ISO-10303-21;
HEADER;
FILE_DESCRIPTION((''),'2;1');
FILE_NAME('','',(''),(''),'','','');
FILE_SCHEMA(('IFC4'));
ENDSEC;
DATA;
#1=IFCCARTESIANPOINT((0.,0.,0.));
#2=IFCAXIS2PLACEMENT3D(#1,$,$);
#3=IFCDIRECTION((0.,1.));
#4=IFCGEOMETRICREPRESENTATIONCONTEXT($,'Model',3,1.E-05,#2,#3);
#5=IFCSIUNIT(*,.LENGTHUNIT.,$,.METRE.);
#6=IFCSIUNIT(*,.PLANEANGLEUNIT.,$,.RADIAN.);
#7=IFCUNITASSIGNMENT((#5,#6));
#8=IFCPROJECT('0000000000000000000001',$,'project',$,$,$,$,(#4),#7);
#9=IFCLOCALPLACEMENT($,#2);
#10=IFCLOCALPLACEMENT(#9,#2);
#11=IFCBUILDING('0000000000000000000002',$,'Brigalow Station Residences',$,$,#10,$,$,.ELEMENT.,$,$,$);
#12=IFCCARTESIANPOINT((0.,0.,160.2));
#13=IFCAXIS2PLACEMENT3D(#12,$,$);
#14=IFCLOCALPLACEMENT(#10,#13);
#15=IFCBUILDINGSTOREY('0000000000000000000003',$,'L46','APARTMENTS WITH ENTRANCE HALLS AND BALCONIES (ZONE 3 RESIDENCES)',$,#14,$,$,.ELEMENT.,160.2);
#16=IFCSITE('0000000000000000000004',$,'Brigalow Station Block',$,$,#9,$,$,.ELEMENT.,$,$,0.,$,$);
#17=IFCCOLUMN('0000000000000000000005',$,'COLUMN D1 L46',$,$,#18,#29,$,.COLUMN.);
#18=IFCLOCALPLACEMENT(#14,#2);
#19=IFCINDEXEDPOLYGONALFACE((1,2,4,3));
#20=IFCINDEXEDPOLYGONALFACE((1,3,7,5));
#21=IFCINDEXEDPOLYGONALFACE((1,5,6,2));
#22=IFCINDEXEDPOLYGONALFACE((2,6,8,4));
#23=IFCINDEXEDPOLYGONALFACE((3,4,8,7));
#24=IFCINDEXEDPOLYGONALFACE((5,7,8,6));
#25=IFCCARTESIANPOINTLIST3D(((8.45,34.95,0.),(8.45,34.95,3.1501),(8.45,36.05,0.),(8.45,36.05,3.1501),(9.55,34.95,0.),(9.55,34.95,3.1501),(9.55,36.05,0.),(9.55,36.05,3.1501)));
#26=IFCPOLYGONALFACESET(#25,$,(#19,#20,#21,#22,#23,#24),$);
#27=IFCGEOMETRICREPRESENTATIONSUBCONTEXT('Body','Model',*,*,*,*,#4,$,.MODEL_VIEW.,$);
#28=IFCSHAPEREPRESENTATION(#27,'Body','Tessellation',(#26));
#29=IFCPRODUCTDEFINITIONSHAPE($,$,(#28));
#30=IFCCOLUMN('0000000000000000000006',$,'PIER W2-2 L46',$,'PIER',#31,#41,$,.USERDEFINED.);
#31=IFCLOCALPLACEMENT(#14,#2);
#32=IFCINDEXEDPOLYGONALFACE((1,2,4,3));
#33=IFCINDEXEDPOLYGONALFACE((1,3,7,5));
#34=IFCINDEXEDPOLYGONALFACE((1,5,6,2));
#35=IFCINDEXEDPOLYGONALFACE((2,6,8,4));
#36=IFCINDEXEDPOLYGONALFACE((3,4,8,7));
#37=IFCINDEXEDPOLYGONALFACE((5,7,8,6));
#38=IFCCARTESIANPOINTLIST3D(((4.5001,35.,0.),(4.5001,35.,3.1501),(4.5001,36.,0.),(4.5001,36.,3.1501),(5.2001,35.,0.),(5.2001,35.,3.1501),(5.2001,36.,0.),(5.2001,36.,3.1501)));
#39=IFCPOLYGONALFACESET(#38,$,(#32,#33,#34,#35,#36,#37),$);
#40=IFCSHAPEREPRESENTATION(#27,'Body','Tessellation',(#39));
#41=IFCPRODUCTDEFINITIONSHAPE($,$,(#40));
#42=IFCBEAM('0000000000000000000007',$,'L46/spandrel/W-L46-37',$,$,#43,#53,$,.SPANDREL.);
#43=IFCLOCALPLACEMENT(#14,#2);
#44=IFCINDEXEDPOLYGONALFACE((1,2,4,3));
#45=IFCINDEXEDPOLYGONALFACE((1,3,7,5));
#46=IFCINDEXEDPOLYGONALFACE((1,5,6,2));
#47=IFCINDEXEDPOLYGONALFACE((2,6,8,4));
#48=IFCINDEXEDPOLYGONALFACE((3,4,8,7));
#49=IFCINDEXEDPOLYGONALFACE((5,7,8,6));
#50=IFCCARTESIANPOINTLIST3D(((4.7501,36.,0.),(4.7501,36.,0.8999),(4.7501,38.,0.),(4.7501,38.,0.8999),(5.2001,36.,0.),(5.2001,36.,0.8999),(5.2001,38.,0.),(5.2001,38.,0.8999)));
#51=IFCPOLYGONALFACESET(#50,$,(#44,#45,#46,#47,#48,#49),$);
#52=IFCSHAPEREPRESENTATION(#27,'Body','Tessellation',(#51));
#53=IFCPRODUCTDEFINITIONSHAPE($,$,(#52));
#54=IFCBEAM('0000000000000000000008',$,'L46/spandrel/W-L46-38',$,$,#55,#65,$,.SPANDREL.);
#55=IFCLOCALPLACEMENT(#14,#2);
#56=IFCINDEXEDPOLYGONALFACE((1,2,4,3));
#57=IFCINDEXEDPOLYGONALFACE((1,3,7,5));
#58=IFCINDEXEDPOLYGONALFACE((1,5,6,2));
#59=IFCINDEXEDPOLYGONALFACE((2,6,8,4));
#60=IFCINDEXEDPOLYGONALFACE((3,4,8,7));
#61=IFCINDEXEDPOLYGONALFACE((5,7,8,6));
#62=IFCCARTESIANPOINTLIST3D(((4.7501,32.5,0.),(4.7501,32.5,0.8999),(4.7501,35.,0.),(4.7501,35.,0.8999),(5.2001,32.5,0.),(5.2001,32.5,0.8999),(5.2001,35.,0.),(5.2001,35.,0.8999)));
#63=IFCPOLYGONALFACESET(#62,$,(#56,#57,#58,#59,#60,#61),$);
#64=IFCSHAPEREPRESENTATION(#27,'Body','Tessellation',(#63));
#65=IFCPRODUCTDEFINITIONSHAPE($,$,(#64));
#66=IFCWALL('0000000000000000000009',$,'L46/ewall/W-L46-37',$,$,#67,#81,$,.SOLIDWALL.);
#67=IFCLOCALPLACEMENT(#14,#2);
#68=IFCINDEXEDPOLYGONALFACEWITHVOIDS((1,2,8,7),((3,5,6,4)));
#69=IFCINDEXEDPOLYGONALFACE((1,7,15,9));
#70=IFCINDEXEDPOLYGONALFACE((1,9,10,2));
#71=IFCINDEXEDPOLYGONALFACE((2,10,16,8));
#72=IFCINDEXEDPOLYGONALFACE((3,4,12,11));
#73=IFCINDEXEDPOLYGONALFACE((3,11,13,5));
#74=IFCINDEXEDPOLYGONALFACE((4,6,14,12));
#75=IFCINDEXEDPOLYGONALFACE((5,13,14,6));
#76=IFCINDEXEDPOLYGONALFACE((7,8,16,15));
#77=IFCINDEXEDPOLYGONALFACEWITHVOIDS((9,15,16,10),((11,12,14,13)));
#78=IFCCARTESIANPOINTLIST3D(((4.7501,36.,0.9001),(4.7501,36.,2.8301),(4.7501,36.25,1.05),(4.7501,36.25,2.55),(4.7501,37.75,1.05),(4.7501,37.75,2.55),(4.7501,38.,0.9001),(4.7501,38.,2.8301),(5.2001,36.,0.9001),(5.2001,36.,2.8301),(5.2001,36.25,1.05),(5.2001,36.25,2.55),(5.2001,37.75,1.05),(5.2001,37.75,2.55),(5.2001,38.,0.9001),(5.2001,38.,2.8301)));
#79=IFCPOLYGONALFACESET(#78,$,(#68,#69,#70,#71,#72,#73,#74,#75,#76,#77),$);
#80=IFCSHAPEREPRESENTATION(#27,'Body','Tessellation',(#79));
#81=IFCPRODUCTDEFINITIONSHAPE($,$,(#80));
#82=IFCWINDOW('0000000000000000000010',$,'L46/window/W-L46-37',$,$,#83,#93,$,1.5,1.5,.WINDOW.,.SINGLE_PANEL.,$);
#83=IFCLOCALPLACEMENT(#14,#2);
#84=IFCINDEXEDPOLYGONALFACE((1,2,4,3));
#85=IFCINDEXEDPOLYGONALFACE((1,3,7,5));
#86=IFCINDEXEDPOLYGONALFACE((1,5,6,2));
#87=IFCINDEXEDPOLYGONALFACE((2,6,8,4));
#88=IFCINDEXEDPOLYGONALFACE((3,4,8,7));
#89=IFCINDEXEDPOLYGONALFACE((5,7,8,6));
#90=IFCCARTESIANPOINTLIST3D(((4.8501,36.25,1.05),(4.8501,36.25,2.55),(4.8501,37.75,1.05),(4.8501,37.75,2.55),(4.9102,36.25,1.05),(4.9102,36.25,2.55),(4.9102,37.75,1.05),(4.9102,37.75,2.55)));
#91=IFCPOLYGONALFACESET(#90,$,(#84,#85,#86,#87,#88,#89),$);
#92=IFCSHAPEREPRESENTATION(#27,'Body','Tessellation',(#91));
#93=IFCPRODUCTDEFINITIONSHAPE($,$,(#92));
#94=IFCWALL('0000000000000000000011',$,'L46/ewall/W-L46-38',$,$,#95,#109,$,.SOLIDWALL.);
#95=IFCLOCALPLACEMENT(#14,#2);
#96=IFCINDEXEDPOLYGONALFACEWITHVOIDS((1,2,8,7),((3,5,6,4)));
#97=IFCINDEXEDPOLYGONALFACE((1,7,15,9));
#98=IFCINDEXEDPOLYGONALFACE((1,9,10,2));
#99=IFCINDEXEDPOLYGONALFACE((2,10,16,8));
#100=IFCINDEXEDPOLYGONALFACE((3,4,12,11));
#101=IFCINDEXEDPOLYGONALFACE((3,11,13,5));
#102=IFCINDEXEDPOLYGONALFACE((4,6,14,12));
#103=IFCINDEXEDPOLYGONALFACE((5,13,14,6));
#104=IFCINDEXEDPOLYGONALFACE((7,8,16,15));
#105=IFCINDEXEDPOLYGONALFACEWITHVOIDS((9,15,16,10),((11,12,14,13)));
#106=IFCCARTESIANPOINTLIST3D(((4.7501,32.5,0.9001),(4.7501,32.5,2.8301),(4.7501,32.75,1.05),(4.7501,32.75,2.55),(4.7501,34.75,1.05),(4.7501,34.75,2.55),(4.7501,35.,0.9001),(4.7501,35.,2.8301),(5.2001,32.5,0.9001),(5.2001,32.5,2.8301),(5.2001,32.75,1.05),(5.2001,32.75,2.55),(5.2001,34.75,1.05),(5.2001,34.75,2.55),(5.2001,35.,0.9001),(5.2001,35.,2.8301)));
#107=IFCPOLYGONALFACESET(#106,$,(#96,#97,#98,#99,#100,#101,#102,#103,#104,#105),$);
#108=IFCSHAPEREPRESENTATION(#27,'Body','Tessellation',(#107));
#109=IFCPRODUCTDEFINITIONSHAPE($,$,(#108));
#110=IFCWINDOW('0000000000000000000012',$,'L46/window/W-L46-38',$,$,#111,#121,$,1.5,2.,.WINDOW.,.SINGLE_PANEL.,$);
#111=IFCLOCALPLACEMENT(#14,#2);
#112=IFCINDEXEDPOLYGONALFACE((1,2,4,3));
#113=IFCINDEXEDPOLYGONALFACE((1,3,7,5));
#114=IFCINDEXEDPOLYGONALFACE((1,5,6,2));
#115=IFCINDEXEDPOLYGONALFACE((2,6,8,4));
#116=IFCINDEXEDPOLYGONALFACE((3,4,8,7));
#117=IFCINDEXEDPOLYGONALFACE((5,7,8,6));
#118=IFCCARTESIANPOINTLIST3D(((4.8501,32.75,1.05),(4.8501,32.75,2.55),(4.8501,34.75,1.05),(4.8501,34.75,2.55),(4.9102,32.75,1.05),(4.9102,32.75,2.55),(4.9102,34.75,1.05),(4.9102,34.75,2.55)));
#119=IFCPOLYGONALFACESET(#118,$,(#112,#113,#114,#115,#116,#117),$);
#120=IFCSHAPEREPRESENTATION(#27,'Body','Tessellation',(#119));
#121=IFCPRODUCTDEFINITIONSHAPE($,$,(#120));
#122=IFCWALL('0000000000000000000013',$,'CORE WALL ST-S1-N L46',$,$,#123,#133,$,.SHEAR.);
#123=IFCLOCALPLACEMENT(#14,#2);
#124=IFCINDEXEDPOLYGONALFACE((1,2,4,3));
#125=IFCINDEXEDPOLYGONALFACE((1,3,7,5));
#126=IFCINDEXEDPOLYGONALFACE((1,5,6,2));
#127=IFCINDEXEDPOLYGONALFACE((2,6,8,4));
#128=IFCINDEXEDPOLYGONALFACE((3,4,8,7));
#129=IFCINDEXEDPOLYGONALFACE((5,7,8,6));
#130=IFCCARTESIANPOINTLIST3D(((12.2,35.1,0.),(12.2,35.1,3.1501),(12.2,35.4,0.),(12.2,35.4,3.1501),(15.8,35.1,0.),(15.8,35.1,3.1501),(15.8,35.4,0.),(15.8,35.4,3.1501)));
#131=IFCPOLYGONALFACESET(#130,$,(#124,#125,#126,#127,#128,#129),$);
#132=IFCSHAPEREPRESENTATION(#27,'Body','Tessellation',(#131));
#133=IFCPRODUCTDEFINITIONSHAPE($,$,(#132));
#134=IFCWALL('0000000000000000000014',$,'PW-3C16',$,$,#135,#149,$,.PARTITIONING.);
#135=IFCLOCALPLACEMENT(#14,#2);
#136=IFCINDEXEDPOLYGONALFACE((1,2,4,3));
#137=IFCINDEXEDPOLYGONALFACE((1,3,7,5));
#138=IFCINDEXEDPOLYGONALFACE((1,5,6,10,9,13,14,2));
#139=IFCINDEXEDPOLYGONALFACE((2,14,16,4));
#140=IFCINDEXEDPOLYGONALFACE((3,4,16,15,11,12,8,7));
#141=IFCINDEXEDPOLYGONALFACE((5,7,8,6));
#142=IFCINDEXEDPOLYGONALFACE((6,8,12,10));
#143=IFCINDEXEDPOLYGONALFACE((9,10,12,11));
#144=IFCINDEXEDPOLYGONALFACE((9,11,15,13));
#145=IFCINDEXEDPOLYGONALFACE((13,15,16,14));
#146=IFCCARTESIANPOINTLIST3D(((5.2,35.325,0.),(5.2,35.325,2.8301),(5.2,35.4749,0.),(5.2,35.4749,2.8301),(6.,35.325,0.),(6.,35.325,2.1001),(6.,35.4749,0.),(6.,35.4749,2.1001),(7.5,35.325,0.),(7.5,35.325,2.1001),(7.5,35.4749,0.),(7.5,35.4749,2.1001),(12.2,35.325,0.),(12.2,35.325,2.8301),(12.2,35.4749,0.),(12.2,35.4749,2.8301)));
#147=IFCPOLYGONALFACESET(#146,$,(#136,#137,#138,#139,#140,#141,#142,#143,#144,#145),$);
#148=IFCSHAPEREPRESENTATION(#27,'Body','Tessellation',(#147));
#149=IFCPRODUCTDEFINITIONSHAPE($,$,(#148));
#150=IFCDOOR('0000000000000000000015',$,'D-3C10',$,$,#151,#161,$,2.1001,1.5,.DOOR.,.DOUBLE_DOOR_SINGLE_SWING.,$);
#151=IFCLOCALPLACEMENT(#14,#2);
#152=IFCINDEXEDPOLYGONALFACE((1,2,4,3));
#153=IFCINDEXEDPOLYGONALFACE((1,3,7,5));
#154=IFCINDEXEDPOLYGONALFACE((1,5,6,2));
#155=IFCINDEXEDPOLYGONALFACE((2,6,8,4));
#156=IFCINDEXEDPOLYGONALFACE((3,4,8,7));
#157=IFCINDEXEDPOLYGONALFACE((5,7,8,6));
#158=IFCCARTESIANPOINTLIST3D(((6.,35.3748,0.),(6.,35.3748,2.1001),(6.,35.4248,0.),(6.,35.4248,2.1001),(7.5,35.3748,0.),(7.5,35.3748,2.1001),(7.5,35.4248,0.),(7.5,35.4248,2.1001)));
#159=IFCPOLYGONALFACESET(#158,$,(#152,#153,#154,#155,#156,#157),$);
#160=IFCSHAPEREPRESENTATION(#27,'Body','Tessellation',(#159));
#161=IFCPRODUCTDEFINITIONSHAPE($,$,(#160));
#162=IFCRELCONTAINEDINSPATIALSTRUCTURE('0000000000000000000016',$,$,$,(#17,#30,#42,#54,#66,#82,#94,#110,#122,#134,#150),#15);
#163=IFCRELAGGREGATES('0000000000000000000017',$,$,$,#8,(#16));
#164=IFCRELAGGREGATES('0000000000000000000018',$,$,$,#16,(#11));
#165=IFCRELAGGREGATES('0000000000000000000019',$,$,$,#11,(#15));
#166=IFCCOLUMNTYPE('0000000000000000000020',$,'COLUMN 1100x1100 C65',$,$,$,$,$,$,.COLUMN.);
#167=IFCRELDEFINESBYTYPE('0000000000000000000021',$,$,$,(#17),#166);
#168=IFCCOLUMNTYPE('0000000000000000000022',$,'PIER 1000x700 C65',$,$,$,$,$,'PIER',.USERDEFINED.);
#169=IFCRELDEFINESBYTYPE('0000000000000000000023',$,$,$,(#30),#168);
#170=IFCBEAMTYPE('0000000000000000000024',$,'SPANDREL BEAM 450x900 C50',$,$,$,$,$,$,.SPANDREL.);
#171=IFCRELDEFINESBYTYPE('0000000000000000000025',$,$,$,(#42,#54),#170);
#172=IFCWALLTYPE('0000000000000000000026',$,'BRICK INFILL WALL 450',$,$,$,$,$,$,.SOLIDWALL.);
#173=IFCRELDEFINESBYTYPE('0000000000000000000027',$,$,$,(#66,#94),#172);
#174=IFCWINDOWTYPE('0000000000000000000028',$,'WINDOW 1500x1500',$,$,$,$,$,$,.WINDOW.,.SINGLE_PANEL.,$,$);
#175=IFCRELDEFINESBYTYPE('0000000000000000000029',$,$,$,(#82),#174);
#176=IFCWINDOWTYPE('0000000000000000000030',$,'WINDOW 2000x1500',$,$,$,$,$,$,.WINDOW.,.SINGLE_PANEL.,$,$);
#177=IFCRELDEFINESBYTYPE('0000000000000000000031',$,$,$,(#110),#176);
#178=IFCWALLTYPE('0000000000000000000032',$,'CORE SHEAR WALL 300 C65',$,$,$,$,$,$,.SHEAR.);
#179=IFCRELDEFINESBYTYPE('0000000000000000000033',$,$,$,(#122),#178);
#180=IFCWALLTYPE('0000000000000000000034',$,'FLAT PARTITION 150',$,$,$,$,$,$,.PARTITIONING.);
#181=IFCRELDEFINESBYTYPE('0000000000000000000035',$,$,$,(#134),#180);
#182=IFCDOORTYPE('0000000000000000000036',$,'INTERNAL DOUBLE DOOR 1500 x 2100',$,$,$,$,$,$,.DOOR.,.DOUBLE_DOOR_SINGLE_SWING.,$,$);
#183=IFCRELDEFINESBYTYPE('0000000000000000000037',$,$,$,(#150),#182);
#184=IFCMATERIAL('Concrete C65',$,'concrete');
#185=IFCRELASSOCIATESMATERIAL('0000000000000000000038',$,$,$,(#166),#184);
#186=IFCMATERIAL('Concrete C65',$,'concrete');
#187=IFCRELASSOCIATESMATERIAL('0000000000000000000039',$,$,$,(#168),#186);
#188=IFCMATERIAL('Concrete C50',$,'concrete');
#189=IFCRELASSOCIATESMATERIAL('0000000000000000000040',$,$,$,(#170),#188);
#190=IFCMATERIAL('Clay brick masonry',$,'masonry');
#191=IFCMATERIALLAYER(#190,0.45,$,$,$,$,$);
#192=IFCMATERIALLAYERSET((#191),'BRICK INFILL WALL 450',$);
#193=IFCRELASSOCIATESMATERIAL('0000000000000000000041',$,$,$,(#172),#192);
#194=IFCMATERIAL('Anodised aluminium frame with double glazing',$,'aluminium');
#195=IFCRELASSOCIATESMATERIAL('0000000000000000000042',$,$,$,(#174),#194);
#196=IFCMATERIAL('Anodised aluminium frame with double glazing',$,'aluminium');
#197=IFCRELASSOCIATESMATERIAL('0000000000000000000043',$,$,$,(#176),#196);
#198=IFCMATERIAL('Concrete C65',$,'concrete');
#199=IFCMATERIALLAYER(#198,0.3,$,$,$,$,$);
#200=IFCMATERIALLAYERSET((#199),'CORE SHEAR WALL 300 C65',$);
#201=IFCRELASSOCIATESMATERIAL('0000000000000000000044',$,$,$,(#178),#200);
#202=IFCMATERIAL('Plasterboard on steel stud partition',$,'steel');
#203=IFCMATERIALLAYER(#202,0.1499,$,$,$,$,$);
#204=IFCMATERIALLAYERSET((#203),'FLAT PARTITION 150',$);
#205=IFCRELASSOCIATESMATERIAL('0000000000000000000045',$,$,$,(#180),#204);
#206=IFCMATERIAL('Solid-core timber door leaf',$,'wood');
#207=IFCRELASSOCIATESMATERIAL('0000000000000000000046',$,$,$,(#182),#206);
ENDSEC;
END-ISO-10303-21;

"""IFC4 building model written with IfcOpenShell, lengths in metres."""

from ifc_helpers import new_model, si_unit, direction, frame, frame_2d, origin, origin_2d, place, context, subcontext, project, spatial, rectangle, extrude, material, layer, layer_set, material_profile, profile_set, type_object, element, fill, save


model = new_model("IFC4")

# Units and contexts
model_context = context("Model", 3, precision=1e-05, world=origin(), true_north=direction((0.0, 1.0)))
body_context = subcontext(model_context, "Body", "Model", "MODEL_VIEW")
ifc_project = project(units=[si_unit("LENGTHUNIT", "METRE"), si_unit("PLANEANGLEUNIT", "RADIAN")], contexts=[model_context])

# Site, building, storey
site_placement = place(None, origin())
site = spatial("IfcSite", under=ifc_project, at=site_placement, Name="Brigalow Station Block", CompositionType="ELEMENT", RefElevation=0.0)
building_placement = place(site_placement, origin())
building = spatial("IfcBuilding", under=site, at=building_placement, Name="Brigalow Station Residences", CompositionType="ELEMENT")
storey_placement = place(building_placement, frame((0.0, 0.0, 160.2)))
storey = spatial("IfcBuildingStorey", under=building, at=storey_placement, Name="L46", Description="APARTMENTS WITH ENTRANCE HALLS AND BALCONIES (ZONE 3 RESIDENCES)", CompositionType="ELEMENT", Elevation=160.2)

# Columns
ifc_material_1 = material(Name="Concrete C65", Category="concrete")
ifc_material_profile_1 = material_profile(ifc_material_1, rectangle(XDim=1.1001, YDim=1.1001, at=origin_2d()), Name="RC1100x1100")
ifc_profile_set_1 = profile_set([ifc_material_profile_1], Name="Concrete C65")
column_type_1 = type_object("IfcColumnType", Name="COLUMN 1100x1100 C65", PredefinedType="COLUMN", material=ifc_profile_set_1)
column_1_placement = place(storey_placement, frame((9.0, 35.5, 0.0), z_axis=(0.0, 0.0, 1.0), x_axis=(1.0, 0.0, 0.0)))
element("IfcColumn", 1, at=column_1_placement, inside=storey, type_object=column_type_1, Name="COLUMN D1 L46", PredefinedType="COLUMN", context=body_context, shape_type="SweptSolid", body=[
    extrude(rectangle(XDim=1.1001, YDim=1.1001, at=origin_2d()), origin(), (0.0, 0.0, 1.0), 3.1501),
])
ifc_material_2 = material(Name="Concrete C65", Category="concrete")
ifc_material_profile_2 = material_profile(ifc_material_2, rectangle(XDim=1.0, YDim=0.7, at=origin_2d()), Name="RC1000x700")
ifc_profile_set_2 = profile_set([ifc_material_profile_2], Name="Concrete C65")
column_type_2 = type_object("IfcColumnType", Name="PIER 1000x700 C65", ElementType="PIER", PredefinedType="USERDEFINED", material=ifc_profile_set_2)
column_2_placement = place(storey_placement, frame((4.8501, 35.5, 0.0), z_axis=(0.0, 0.0, 1.0), x_axis=(0.0, -1.0, 0.0)))
element("IfcColumn", 2, at=column_2_placement, inside=storey, type_object=column_type_2, Name="PIER W2-2 L46", ObjectType="PIER", PredefinedType="USERDEFINED", context=body_context, shape_type="SweptSolid", body=[
    extrude(rectangle(XDim=1.0, YDim=0.7, at=origin_2d()), origin(), (0.0, 0.0, 1.0), 3.1501),
])

# Beams
ifc_material_3 = material(Name="Concrete C50", Category="concrete")
ifc_material_profile_3 = material_profile(ifc_material_3, rectangle(XDim=0.45, YDim=0.8999, at=origin_2d()), Name="RC450x900")
ifc_profile_set_3 = profile_set([ifc_material_profile_3], Name="Concrete C50")
beam_type = type_object("IfcBeamType", Name="SPANDREL BEAM 450x900 C50", PredefinedType="SPANDREL", material=ifc_profile_set_3)
beam_1_placement = place(storey_placement, frame((4.9751, 38.0, 0.45), z_axis=(0.0, -1.0, 0.0), x_axis=(1.0, 0.0, 0.0)))
element("IfcBeam", 3, at=beam_1_placement, inside=storey, type_object=beam_type, Name="L46/spandrel/W-L46-37", PredefinedType="SPANDREL", context=body_context, shape_type="SweptSolid", body=[
    extrude(rectangle(XDim=0.45, YDim=0.8999, at=origin_2d()), origin(), (0.0, 0.0, 1.0), 2.0),
])
beam_2_placement = place(storey_placement, frame((4.9751, 35.0, 0.45), z_axis=(0.0, -1.0, 0.0), x_axis=(1.0, 0.0, 0.0)))
element("IfcBeam", 4, at=beam_2_placement, inside=storey, type_object=beam_type, Name="L46/spandrel/W-L46-38", PredefinedType="SPANDREL", context=body_context, shape_type="SweptSolid", body=[
    extrude(rectangle(XDim=0.45, YDim=0.8999, at=origin_2d()), origin(), (0.0, 0.0, 1.0), 2.5),
])

# Walls, openings, windows
ifc_material_4 = material(Name="Clay brick masonry", Category="masonry")
ifc_layer_1 = layer(ifc_material_4, 0.45)
ifc_layer_set_1 = layer_set([ifc_layer_1], Name="BRICK INFILL WALL 450")
wall_type_1 = type_object("IfcWallType", Name="BRICK INFILL WALL 450", PredefinedType="SOLIDWALL", material=ifc_layer_set_1)
wall_1_placement = place(storey_placement, frame((4.9751, 38.0, 0.9001), z_axis=(0.0, 0.0, 1.0), x_axis=(0.0, -1.0, 0.0)))
wall_1 = element("IfcWall", 5, at=wall_1_placement, inside=storey, type_object=wall_type_1, Name="L46/ewall/W-L46-37", PredefinedType="SOLIDWALL", context=body_context, shape_type="SweptSolid", body=[
    extrude(rectangle(XDim=2.0, YDim=0.45, at=frame_2d((1.0, 0.0))), origin(), (0.0, 0.0, 1.0), 1.9299),
])
opening_1_placement = place(wall_1_placement, frame((0.25, 0.0, 0.1499)))
opening_1 = element("IfcOpeningElement", 6, at=opening_1_placement, cuts=wall_1, PredefinedType="OPENING", context=body_context, shape_type="SweptSolid", body=[
    extrude(rectangle(XDim=1.5, YDim=1.5, at=frame_2d((0.75, 0.75))), frame((0.0, 0.2349, 0.0), z_axis=(0.0, -1.0, 0.0), x_axis=(1.0, 0.0, 0.0)), (0.0, 0.0, 1.0), 0.47),
])
ifc_material_5 = material(Name="Anodised aluminium frame with double glazing", Category="aluminium")
window_type_1 = type_object("IfcWindowType", Name="WINDOW 1500x1500", PartitioningType="SINGLE_PANEL", PredefinedType="WINDOW", material=ifc_material_5)
window_1_placement = place(opening_1_placement, origin())
window_1 = element("IfcWindow", 7, at=window_1_placement, inside=storey, type_object=window_type_1, Name="L46/window/W-L46-37", OverallHeight=1.5, OverallWidth=1.5, PartitioningType="SINGLE_PANEL", PredefinedType="WINDOW", context=body_context, shape_type="SweptSolid", body=[
    extrude(rectangle(XDim=1.5, YDim=1.5, at=frame_2d((0.75, 0.75))), frame((0.0, -0.0649, 0.0), z_axis=(0.0, -1.0, 0.0), x_axis=(1.0, 0.0, 0.0)), (0.0, 0.0, 1.0), 0.0601),
])
fill(opening_1, window_1)
wall_2_placement = place(storey_placement, frame((4.9751, 35.0, 0.9001), z_axis=(0.0, 0.0, 1.0), x_axis=(0.0, -1.0, 0.0)))
wall_2 = element("IfcWall", 8, at=wall_2_placement, inside=storey, type_object=wall_type_1, Name="L46/ewall/W-L46-38", PredefinedType="SOLIDWALL", context=body_context, shape_type="SweptSolid", body=[
    extrude(rectangle(XDim=2.5, YDim=0.45, at=frame_2d((1.25, 0.0))), origin(), (0.0, 0.0, 1.0), 1.9299),
])
opening_2_placement = place(wall_2_placement, frame((0.25, 0.0, 0.1499)))
opening_2 = element("IfcOpeningElement", 9, at=opening_2_placement, cuts=wall_2, PredefinedType="OPENING", context=body_context, shape_type="SweptSolid", body=[
    extrude(rectangle(XDim=2.0, YDim=1.5, at=frame_2d((1.0, 0.75))), frame((0.0, 0.2349, 0.0), z_axis=(0.0, -1.0, 0.0), x_axis=(1.0, 0.0, 0.0)), (0.0, 0.0, 1.0), 0.47),
])
ifc_material_6 = material(Name="Anodised aluminium frame with double glazing", Category="aluminium")
window_type_2 = type_object("IfcWindowType", Name="WINDOW 2000x1500", PartitioningType="SINGLE_PANEL", PredefinedType="WINDOW", material=ifc_material_6)
window_2_placement = place(opening_2_placement, origin())
window_2 = element("IfcWindow", 10, at=window_2_placement, inside=storey, type_object=window_type_2, Name="L46/window/W-L46-38", OverallHeight=1.5, OverallWidth=2.0, PartitioningType="SINGLE_PANEL", PredefinedType="WINDOW", context=body_context, shape_type="SweptSolid", body=[
    extrude(rectangle(XDim=2.0, YDim=1.5, at=frame_2d((1.0, 0.75))), frame((0.0, -0.0649, 0.0), z_axis=(0.0, -1.0, 0.0), x_axis=(1.0, 0.0, 0.0)), (0.0, 0.0, 1.0), 0.0601),
])
fill(opening_2, window_2)

# Wall
ifc_material_7 = material(Name="Concrete C65", Category="concrete")
ifc_layer_2 = layer(ifc_material_7, 0.3)
ifc_layer_set_2 = layer_set([ifc_layer_2], Name="CORE SHEAR WALL 300 C65")
wall_type_2 = type_object("IfcWallType", Name="CORE SHEAR WALL 300 C65", PredefinedType="SHEAR", material=ifc_layer_set_2)
wall_3_placement = place(storey_placement, frame((12.2, 35.25, 0.0), z_axis=(0.0, 0.0, 1.0), x_axis=(1.0, 0.0, 0.0)))
element("IfcWall", 11, at=wall_3_placement, inside=storey, type_object=wall_type_2, Name="CORE WALL ST-S1-N L46", PredefinedType="SHEAR", context=body_context, shape_type="SweptSolid", body=[
    extrude(rectangle(XDim=3.6001, YDim=0.3, at=frame_2d((1.8, 0.0))), origin(), (0.0, 0.0, 1.0), 3.1501),
])

# Wall, opening, door
ifc_material_8 = material(Name="Plasterboard on steel stud partition", Category="steel")
ifc_layer_3 = layer(ifc_material_8, 0.1499)
ifc_layer_set_3 = layer_set([ifc_layer_3], Name="FLAT PARTITION 150")
wall_type_3 = type_object("IfcWallType", Name="FLAT PARTITION 150", PredefinedType="PARTITIONING", material=ifc_layer_set_3)
wall_4_placement = place(storey_placement, frame((5.2, 35.3999, 0.0), z_axis=(0.0, 0.0, 1.0), x_axis=(1.0, 0.0, 0.0)))
wall_4 = element("IfcWall", 12, at=wall_4_placement, inside=storey, type_object=wall_type_3, Name="PW-3C16", PredefinedType="PARTITIONING", context=body_context, shape_type="SweptSolid", body=[
    extrude(rectangle(XDim=7.0, YDim=0.1499, at=frame_2d((3.5, 0.0))), origin(), (0.0, 0.0, 1.0), 2.8301),
])
opening_3_placement = place(wall_4_placement, frame((0.8, 0.0, 0.0)))
opening_3 = element("IfcOpeningElement", 13, at=opening_3_placement, cuts=wall_4, PredefinedType="OPENING", context=body_context, shape_type="SweptSolid", body=[
    extrude(rectangle(XDim=1.5, YDim=2.1001, at=frame_2d((0.75, 1.05))), frame((0.0, 0.085, 0.0), z_axis=(0.0, -1.0, 0.0), x_axis=(1.0, 0.0, 0.0)), (0.0, 0.0, 1.0), 0.1699),
])
ifc_material_9 = material(Name="Solid-core timber door leaf", Category="wood")
door_type = type_object("IfcDoorType", Name="INTERNAL DOUBLE DOOR 1500 x 2100", OperationType="DOUBLE_DOOR_SINGLE_SWING", PredefinedType="DOOR", material=ifc_material_9)
door_1_placement = place(opening_3_placement, origin())
door_1 = element("IfcDoor", 14, at=door_1_placement, inside=storey, type_object=door_type, Name="D-3C10", OperationType="DOUBLE_DOOR_SINGLE_SWING", OverallHeight=2.1001, OverallWidth=1.5, PredefinedType="DOOR", context=body_context, shape_type="SweptSolid", body=[
    extrude(rectangle(XDim=1.5, YDim=2.1001, at=frame_2d((0.75, 1.05))), frame((0.0, 0.0249, 0.0), z_axis=(0.0, -1.0, 0.0), x_axis=(1.0, 0.0, 0.0)), (0.0, 0.0, 1.0), 0.05),
])
fill(opening_3, door_1)

save(model, "model.ifc")
